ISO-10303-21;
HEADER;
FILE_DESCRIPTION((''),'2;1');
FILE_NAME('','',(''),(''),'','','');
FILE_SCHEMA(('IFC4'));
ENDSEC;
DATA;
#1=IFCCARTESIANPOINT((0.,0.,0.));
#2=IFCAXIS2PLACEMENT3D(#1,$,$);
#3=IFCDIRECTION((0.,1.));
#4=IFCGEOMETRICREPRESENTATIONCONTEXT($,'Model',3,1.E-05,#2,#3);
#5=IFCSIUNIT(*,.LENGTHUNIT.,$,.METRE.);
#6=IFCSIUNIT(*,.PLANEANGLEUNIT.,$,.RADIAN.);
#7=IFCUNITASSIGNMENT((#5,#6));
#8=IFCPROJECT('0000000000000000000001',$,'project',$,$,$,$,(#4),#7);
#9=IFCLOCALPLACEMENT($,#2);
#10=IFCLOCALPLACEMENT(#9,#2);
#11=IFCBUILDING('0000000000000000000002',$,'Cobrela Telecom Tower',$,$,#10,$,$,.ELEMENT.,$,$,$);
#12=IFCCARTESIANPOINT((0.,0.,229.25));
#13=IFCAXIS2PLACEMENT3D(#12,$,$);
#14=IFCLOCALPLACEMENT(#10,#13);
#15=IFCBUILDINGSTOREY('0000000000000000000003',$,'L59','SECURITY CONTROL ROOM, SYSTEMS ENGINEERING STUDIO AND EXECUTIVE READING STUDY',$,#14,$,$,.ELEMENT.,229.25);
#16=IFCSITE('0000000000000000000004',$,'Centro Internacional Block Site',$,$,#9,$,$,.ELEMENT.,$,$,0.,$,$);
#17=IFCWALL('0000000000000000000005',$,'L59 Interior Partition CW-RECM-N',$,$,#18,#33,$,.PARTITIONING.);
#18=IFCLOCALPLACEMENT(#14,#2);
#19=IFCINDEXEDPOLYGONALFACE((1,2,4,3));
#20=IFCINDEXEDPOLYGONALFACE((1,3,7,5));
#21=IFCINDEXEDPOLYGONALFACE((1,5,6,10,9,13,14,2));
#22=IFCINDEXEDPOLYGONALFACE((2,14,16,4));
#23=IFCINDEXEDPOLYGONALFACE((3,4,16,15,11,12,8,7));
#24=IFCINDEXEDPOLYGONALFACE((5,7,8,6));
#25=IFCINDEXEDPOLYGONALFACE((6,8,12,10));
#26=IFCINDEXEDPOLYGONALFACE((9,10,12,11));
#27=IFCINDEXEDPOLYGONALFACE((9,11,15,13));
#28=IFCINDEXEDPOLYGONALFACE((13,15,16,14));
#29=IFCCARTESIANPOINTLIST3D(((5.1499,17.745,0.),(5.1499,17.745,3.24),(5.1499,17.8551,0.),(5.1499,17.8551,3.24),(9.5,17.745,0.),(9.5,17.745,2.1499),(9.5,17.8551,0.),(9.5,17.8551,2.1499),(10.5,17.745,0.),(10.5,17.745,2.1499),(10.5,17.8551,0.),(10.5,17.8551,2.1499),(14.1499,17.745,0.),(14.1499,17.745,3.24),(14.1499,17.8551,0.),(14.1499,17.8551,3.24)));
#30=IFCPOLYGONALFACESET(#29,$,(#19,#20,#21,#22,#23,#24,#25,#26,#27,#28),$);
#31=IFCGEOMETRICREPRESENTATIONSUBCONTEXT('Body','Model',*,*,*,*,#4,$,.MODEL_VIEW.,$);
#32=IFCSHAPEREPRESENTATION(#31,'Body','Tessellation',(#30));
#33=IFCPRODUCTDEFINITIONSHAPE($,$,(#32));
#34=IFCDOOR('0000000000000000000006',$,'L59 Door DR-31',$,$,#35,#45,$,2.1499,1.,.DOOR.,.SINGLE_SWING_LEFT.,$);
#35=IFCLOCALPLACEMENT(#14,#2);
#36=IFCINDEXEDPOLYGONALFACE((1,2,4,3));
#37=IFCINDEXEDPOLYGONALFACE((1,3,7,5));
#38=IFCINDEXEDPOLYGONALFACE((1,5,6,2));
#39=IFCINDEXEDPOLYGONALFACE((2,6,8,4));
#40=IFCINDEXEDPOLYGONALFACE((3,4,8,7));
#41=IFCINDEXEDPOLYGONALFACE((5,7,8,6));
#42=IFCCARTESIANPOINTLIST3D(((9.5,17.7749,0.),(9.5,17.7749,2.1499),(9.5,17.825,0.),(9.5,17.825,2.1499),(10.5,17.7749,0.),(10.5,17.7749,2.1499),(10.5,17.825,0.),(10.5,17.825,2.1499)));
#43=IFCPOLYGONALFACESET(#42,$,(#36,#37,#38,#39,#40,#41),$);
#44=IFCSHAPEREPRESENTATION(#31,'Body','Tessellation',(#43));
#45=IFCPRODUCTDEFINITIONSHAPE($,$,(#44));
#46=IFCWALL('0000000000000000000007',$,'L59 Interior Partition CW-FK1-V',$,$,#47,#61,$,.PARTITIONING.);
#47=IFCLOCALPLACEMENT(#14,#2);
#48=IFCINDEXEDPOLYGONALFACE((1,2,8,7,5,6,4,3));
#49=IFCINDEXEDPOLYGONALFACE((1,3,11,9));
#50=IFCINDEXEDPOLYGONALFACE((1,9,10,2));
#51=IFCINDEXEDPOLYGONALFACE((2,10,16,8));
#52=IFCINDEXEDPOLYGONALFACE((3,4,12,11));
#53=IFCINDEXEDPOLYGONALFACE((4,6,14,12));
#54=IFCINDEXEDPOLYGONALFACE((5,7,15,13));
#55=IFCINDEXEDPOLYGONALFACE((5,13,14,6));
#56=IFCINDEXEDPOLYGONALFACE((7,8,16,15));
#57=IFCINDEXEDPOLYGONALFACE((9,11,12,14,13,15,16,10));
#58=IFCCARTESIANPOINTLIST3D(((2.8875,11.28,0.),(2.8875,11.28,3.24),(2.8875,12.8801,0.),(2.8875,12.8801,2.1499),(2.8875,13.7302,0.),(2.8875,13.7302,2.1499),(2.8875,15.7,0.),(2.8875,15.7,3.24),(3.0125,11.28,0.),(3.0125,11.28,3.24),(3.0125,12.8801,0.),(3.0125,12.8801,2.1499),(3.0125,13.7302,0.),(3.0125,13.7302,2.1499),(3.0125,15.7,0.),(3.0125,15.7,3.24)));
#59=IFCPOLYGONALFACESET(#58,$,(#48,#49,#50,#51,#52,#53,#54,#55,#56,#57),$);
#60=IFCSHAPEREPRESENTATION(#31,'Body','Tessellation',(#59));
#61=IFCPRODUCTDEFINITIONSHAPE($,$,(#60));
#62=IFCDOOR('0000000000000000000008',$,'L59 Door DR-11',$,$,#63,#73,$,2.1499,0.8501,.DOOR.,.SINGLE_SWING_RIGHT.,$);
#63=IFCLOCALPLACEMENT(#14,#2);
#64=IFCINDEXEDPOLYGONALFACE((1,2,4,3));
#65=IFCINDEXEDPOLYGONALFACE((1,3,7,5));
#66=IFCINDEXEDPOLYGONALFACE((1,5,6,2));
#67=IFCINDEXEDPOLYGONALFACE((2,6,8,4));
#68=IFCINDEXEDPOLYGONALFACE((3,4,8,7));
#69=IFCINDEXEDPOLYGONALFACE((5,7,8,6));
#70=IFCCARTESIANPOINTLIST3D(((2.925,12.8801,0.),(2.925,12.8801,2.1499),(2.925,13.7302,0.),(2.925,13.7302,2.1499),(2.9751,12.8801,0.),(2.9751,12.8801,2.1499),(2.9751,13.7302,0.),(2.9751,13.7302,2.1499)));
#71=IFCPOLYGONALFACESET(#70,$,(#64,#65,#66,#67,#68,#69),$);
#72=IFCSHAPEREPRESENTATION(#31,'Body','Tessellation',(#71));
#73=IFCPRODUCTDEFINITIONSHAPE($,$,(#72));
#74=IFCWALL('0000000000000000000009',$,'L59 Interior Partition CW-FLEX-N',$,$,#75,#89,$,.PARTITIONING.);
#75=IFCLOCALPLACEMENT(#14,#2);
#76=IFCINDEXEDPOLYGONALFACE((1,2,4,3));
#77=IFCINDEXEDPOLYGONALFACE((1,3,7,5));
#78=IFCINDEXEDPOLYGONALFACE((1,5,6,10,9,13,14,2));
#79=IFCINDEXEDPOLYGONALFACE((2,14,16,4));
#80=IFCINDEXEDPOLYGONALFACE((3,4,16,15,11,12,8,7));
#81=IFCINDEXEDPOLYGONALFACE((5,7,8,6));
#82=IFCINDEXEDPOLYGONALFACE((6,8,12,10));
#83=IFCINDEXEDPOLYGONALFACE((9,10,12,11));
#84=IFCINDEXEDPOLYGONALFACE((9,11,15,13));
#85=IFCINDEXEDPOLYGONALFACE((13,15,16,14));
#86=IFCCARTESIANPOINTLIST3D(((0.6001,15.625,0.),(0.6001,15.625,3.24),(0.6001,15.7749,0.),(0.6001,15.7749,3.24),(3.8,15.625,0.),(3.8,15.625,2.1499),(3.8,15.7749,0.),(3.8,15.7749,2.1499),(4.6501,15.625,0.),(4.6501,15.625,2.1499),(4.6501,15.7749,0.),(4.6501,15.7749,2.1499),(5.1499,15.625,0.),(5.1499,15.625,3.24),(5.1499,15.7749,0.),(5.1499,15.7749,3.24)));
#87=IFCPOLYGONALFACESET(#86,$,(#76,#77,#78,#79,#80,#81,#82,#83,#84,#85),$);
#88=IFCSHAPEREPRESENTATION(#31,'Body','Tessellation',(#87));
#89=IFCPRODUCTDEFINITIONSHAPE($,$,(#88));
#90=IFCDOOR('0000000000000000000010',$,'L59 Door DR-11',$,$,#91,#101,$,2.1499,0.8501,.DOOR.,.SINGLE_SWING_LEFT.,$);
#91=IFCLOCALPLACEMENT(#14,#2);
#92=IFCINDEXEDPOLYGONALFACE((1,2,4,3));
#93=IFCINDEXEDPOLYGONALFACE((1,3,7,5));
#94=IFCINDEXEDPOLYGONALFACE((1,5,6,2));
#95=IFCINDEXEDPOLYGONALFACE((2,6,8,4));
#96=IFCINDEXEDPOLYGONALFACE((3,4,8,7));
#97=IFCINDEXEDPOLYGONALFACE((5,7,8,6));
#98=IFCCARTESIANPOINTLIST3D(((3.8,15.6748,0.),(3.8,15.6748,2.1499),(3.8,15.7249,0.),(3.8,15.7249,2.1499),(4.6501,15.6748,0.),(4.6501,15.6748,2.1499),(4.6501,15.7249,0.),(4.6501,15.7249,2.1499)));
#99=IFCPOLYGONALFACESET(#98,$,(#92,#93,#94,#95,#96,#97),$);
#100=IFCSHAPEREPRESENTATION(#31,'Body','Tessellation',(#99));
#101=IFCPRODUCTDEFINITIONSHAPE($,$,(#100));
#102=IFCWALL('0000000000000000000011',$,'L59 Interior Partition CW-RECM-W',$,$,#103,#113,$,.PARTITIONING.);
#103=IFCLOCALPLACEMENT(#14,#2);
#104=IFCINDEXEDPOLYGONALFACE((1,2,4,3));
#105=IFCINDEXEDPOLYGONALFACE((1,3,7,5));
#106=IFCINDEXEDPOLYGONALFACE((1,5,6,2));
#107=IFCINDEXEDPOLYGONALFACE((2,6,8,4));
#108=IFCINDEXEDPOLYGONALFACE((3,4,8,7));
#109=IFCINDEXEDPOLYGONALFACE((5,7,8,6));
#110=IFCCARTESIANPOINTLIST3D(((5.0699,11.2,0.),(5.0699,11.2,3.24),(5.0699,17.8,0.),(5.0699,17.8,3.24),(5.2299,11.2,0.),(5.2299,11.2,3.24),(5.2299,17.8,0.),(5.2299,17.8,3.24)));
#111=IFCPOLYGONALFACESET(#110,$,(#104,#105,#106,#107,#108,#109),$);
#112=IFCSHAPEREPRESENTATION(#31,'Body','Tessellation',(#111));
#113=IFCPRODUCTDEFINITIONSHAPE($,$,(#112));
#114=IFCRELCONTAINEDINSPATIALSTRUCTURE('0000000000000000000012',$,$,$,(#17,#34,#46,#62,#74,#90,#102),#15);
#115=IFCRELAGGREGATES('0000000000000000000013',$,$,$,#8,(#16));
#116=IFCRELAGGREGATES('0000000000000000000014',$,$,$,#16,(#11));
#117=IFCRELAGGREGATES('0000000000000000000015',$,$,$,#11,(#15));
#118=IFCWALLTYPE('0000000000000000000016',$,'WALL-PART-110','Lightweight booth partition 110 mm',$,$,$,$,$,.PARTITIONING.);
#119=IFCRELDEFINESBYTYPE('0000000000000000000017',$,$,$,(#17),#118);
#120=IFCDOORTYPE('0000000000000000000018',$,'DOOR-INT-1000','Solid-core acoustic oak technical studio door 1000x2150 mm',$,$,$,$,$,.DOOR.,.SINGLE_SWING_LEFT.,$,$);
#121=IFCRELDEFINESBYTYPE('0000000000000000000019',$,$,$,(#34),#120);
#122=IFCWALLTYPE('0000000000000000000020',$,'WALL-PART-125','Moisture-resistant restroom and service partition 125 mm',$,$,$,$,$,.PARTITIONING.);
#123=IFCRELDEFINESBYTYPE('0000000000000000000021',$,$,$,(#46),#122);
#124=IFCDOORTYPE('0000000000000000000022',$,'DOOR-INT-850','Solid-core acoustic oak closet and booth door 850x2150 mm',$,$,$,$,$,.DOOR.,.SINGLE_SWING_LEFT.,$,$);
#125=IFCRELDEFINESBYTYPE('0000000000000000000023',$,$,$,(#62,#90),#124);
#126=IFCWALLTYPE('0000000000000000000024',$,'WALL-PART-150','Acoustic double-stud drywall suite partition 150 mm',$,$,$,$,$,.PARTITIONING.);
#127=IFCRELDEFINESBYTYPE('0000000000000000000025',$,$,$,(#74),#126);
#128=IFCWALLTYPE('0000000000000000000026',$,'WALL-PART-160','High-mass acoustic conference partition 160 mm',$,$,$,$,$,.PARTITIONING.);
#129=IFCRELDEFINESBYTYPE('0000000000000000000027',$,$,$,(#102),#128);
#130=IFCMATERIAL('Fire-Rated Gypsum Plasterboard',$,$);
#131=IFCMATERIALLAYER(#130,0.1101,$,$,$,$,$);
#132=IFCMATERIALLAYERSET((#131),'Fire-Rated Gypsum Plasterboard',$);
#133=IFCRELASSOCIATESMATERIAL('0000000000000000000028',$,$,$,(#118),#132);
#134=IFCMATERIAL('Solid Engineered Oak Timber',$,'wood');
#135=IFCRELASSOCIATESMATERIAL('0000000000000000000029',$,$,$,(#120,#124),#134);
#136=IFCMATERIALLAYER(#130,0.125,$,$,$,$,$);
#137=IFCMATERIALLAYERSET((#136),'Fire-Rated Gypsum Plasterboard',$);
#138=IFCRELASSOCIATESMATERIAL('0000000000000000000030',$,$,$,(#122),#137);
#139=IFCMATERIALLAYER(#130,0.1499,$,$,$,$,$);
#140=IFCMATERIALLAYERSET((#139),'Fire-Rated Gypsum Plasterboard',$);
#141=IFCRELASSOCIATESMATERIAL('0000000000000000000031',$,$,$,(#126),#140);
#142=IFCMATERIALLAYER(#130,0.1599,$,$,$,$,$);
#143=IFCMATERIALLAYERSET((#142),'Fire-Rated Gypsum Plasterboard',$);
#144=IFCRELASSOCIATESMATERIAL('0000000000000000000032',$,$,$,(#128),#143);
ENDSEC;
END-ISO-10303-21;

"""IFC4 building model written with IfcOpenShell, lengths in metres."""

from ifc_helpers import new_model, si_unit, direction, frame, frame_2d, origin, place, context, subcontext, project, spatial, rectangle, extrude, material, layer, layer_set, type_object, element, fill, save


model = new_model("IFC4")

# Units and contexts
model_context = context("Model", 3, precision=1e-05, world=origin(), true_north=direction((0.0, 1.0)))
body_context = subcontext(model_context, "Body", "Model", "MODEL_VIEW")
ifc_project = project(units=[si_unit("LENGTHUNIT", "METRE"), si_unit("PLANEANGLEUNIT", "RADIAN")], contexts=[model_context])

# Site, building, storey
site_placement = place(None, origin())
site = spatial("IfcSite", under=ifc_project, at=site_placement, Name="Centro Internacional Block Site", CompositionType="ELEMENT", RefElevation=0.0)
building_placement = place(site_placement, origin())
building = spatial("IfcBuilding", under=site, at=building_placement, Name="Cobrela Telecom Tower", CompositionType="ELEMENT")
storey_placement = place(building_placement, frame((0.0, 0.0, 229.25)))
storey = spatial("IfcBuildingStorey", under=building, at=storey_placement, Name="L59", Description="SECURITY CONTROL ROOM, SYSTEMS ENGINEERING STUDIO AND EXECUTIVE READING STUDY", CompositionType="ELEMENT", Elevation=229.25)

# Walls, openings, doors
ifc_material_1 = material(Name="Fire-Rated Gypsum Plasterboard")
ifc_layer_1 = layer(ifc_material_1, 0.1101)
ifc_layer_set_1 = layer_set([ifc_layer_1], Name="Fire-Rated Gypsum Plasterboard")
wall_type_1 = type_object("IfcWallType", Name="WALL-PART-110", Description="Lightweight booth partition 110 mm", PredefinedType="PARTITIONING", material=ifc_layer_set_1)
wall_1_placement = place(storey_placement, frame((5.1499, 17.8, 0.0), z_axis=(0.0, 0.0, 1.0), x_axis=(1.0, 0.0, 0.0)))
wall_1 = element("IfcWall", 1, at=wall_1_placement, inside=storey, type_object=wall_type_1, Name="L59 Interior Partition CW-RECM-N", PredefinedType="PARTITIONING", context=body_context, shape_type="SweptSolid", body=[
    extrude(rectangle(XDim=9.0, YDim=0.1101, at=frame_2d((4.5, 0.0))), origin(), (0.0, 0.0, 1.0), 3.24),
])
opening_1_placement = place(wall_1_placement, frame((4.3501, 0.0, 0.0)))
opening_1 = element("IfcOpeningElement", 2, at=opening_1_placement, cuts=wall_1, PredefinedType="OPENING", context=body_context, shape_type="SweptSolid", body=[
    extrude(rectangle(XDim=1.0, YDim=2.1499, at=frame_2d((0.5, 1.075))), frame((0.0, 0.0669, 0.0), z_axis=(0.0, -1.0, 0.0), x_axis=(1.0, 0.0, 0.0)), (0.0, 0.0, 1.0), 0.134),
])
ifc_material_2 = material(Name="Solid Engineered Oak Timber", Category="wood")
door_type_1 = type_object("IfcDoorType", Name="DOOR-INT-1000", Description="Solid-core acoustic oak technical studio door 1000x2150 mm", OperationType="SINGLE_SWING_LEFT", PredefinedType="DOOR", material=ifc_material_2)
door_1_placement = place(opening_1_placement, origin())
door_1 = element("IfcDoor", 3, at=door_1_placement, inside=storey, type_object=door_type_1, Name="L59 Door DR-31", OperationType="SINGLE_SWING_LEFT", OverallHeight=2.1499, OverallWidth=1.0, PredefinedType="DOOR", context=body_context, shape_type="SweptSolid", body=[
    extrude(rectangle(XDim=1.0, YDim=2.1499, at=frame_2d((0.5, 1.075))), frame((0.0, 0.0249, 0.0), z_axis=(0.0, -1.0, 0.0), x_axis=(1.0, 0.0, 0.0)), (0.0, 0.0, 1.0), 0.05),
])
fill(opening_1, door_1)
ifc_layer_2 = layer(ifc_material_1, 0.125)
ifc_layer_set_2 = layer_set([ifc_layer_2], Name="Fire-Rated Gypsum Plasterboard")
wall_type_2 = type_object("IfcWallType", Name="WALL-PART-125", Description="Moisture-resistant restroom and service partition 125 mm", PredefinedType="PARTITIONING", material=ifc_layer_set_2)
wall_2_placement = place(storey_placement, frame((2.95, 11.28, 0.0), z_axis=(0.0, 0.0, 1.0), x_axis=(0.0, 1.0, 0.0)))
wall_2 = element("IfcWall", 4, at=wall_2_placement, inside=storey, type_object=wall_type_2, Name="L59 Interior Partition CW-FK1-V", PredefinedType="PARTITIONING", context=body_context, shape_type="SweptSolid", body=[
    extrude(rectangle(XDim=4.4199, YDim=0.125, at=frame_2d((2.21, 0.0))), origin(), (0.0, 0.0, 1.0), 3.24),
])
opening_2_placement = place(wall_2_placement, frame((1.6001, 0.0, 0.0)))
opening_2 = element("IfcOpeningElement", 5, at=opening_2_placement, cuts=wall_2, PredefinedType="OPENING", context=body_context, shape_type="SweptSolid", body=[
    extrude(rectangle(XDim=0.8501, YDim=2.1499, at=frame_2d((0.425, 1.075))), frame((0.0, 0.0745, 0.0), z_axis=(0.0, -1.0, 0.0), x_axis=(1.0, 0.0, 0.0)), (0.0, 0.0, 1.0), 0.1489),
])
door_type_2 = type_object("IfcDoorType", Name="DOOR-INT-850", Description="Solid-core acoustic oak closet and booth door 850x2150 mm", OperationType="SINGLE_SWING_LEFT", PredefinedType="DOOR", material=ifc_material_2)
door_2_placement = place(opening_2_placement, origin())
door_2 = element("IfcDoor", 6, at=door_2_placement, inside=storey, type_object=door_type_2, Name="L59 Door DR-11", OperationType="SINGLE_SWING_RIGHT", OverallHeight=2.1499, OverallWidth=0.8501, PredefinedType="DOOR", context=body_context, shape_type="SweptSolid", body=[
    extrude(rectangle(XDim=0.8501, YDim=2.1499, at=frame_2d((0.425, 1.075))), frame((0.0, 0.0249, 0.0), z_axis=(0.0, -1.0, 0.0), x_axis=(1.0, 0.0, 0.0)), (0.0, 0.0, 1.0), 0.05),
])
fill(opening_2, door_2)
ifc_layer_3 = layer(ifc_material_1, 0.1499)
ifc_layer_set_3 = layer_set([ifc_layer_3], Name="Fire-Rated Gypsum Plasterboard")
wall_type_3 = type_object("IfcWallType", Name="WALL-PART-150", Description="Acoustic double-stud drywall suite partition 150 mm", PredefinedType="PARTITIONING", material=ifc_layer_set_3)
wall_3_placement = place(storey_placement, frame((0.6001, 15.7, 0.0), z_axis=(0.0, 0.0, 1.0), x_axis=(1.0, 0.0, 0.0)))
wall_3 = element("IfcWall", 7, at=wall_3_placement, inside=storey, type_object=wall_type_3, Name="L59 Interior Partition CW-FLEX-N", PredefinedType="PARTITIONING", context=body_context, shape_type="SweptSolid", body=[
    extrude(rectangle(XDim=4.5498, YDim=0.1499, at=frame_2d((2.2749, 0.0))), origin(), (0.0, 0.0, 1.0), 3.24),
])
opening_3_placement = place(wall_3_placement, frame((3.2, 0.0, 0.0)))
opening_3 = element("IfcOpeningElement", 8, at=opening_3_placement, cuts=wall_3, PredefinedType="OPENING", context=body_context, shape_type="SweptSolid", body=[
    extrude(rectangle(XDim=0.8501, YDim=2.1499, at=frame_2d((0.425, 1.075))), frame((0.0, 0.0869, 0.0), z_axis=(0.0, -1.0, 0.0), x_axis=(1.0, 0.0, 0.0)), (0.0, 0.0, 1.0), 0.1738),
])
door_3_placement = place(opening_3_placement, origin())
door_3 = element("IfcDoor", 9, at=door_3_placement, inside=storey, type_object=door_type_2, Name="L59 Door DR-11", OperationType="SINGLE_SWING_LEFT", OverallHeight=2.1499, OverallWidth=0.8501, PredefinedType="DOOR", context=body_context, shape_type="SweptSolid", body=[
    extrude(rectangle(XDim=0.8501, YDim=2.1499, at=frame_2d((0.425, 1.075))), frame((0.0, 0.0249, 0.0), z_axis=(0.0, -1.0, 0.0), x_axis=(1.0, 0.0, 0.0)), (0.0, 0.0, 1.0), 0.05),
])
fill(opening_3, door_3)

# Wall
ifc_layer_4 = layer(ifc_material_1, 0.1599)
ifc_layer_set_4 = layer_set([ifc_layer_4], Name="Fire-Rated Gypsum Plasterboard")
wall_type_4 = type_object("IfcWallType", Name="WALL-PART-160", Description="High-mass acoustic conference partition 160 mm", PredefinedType="PARTITIONING", material=ifc_layer_set_4)
wall_4_placement = place(storey_placement, frame((5.1499, 11.2, 0.0), z_axis=(0.0, 0.0, 1.0), x_axis=(0.0, 1.0, 0.0)))
element("IfcWall", 10, at=wall_4_placement, inside=storey, type_object=wall_type_4, Name="L59 Interior Partition CW-RECM-W", PredefinedType="PARTITIONING", context=body_context, shape_type="SweptSolid", body=[
    extrude(rectangle(XDim=6.6001, YDim=0.1599, at=frame_2d((3.3, 0.0))), origin(), (0.0, 0.0, 1.0), 3.24),
])

save(model, "model.ifc")
